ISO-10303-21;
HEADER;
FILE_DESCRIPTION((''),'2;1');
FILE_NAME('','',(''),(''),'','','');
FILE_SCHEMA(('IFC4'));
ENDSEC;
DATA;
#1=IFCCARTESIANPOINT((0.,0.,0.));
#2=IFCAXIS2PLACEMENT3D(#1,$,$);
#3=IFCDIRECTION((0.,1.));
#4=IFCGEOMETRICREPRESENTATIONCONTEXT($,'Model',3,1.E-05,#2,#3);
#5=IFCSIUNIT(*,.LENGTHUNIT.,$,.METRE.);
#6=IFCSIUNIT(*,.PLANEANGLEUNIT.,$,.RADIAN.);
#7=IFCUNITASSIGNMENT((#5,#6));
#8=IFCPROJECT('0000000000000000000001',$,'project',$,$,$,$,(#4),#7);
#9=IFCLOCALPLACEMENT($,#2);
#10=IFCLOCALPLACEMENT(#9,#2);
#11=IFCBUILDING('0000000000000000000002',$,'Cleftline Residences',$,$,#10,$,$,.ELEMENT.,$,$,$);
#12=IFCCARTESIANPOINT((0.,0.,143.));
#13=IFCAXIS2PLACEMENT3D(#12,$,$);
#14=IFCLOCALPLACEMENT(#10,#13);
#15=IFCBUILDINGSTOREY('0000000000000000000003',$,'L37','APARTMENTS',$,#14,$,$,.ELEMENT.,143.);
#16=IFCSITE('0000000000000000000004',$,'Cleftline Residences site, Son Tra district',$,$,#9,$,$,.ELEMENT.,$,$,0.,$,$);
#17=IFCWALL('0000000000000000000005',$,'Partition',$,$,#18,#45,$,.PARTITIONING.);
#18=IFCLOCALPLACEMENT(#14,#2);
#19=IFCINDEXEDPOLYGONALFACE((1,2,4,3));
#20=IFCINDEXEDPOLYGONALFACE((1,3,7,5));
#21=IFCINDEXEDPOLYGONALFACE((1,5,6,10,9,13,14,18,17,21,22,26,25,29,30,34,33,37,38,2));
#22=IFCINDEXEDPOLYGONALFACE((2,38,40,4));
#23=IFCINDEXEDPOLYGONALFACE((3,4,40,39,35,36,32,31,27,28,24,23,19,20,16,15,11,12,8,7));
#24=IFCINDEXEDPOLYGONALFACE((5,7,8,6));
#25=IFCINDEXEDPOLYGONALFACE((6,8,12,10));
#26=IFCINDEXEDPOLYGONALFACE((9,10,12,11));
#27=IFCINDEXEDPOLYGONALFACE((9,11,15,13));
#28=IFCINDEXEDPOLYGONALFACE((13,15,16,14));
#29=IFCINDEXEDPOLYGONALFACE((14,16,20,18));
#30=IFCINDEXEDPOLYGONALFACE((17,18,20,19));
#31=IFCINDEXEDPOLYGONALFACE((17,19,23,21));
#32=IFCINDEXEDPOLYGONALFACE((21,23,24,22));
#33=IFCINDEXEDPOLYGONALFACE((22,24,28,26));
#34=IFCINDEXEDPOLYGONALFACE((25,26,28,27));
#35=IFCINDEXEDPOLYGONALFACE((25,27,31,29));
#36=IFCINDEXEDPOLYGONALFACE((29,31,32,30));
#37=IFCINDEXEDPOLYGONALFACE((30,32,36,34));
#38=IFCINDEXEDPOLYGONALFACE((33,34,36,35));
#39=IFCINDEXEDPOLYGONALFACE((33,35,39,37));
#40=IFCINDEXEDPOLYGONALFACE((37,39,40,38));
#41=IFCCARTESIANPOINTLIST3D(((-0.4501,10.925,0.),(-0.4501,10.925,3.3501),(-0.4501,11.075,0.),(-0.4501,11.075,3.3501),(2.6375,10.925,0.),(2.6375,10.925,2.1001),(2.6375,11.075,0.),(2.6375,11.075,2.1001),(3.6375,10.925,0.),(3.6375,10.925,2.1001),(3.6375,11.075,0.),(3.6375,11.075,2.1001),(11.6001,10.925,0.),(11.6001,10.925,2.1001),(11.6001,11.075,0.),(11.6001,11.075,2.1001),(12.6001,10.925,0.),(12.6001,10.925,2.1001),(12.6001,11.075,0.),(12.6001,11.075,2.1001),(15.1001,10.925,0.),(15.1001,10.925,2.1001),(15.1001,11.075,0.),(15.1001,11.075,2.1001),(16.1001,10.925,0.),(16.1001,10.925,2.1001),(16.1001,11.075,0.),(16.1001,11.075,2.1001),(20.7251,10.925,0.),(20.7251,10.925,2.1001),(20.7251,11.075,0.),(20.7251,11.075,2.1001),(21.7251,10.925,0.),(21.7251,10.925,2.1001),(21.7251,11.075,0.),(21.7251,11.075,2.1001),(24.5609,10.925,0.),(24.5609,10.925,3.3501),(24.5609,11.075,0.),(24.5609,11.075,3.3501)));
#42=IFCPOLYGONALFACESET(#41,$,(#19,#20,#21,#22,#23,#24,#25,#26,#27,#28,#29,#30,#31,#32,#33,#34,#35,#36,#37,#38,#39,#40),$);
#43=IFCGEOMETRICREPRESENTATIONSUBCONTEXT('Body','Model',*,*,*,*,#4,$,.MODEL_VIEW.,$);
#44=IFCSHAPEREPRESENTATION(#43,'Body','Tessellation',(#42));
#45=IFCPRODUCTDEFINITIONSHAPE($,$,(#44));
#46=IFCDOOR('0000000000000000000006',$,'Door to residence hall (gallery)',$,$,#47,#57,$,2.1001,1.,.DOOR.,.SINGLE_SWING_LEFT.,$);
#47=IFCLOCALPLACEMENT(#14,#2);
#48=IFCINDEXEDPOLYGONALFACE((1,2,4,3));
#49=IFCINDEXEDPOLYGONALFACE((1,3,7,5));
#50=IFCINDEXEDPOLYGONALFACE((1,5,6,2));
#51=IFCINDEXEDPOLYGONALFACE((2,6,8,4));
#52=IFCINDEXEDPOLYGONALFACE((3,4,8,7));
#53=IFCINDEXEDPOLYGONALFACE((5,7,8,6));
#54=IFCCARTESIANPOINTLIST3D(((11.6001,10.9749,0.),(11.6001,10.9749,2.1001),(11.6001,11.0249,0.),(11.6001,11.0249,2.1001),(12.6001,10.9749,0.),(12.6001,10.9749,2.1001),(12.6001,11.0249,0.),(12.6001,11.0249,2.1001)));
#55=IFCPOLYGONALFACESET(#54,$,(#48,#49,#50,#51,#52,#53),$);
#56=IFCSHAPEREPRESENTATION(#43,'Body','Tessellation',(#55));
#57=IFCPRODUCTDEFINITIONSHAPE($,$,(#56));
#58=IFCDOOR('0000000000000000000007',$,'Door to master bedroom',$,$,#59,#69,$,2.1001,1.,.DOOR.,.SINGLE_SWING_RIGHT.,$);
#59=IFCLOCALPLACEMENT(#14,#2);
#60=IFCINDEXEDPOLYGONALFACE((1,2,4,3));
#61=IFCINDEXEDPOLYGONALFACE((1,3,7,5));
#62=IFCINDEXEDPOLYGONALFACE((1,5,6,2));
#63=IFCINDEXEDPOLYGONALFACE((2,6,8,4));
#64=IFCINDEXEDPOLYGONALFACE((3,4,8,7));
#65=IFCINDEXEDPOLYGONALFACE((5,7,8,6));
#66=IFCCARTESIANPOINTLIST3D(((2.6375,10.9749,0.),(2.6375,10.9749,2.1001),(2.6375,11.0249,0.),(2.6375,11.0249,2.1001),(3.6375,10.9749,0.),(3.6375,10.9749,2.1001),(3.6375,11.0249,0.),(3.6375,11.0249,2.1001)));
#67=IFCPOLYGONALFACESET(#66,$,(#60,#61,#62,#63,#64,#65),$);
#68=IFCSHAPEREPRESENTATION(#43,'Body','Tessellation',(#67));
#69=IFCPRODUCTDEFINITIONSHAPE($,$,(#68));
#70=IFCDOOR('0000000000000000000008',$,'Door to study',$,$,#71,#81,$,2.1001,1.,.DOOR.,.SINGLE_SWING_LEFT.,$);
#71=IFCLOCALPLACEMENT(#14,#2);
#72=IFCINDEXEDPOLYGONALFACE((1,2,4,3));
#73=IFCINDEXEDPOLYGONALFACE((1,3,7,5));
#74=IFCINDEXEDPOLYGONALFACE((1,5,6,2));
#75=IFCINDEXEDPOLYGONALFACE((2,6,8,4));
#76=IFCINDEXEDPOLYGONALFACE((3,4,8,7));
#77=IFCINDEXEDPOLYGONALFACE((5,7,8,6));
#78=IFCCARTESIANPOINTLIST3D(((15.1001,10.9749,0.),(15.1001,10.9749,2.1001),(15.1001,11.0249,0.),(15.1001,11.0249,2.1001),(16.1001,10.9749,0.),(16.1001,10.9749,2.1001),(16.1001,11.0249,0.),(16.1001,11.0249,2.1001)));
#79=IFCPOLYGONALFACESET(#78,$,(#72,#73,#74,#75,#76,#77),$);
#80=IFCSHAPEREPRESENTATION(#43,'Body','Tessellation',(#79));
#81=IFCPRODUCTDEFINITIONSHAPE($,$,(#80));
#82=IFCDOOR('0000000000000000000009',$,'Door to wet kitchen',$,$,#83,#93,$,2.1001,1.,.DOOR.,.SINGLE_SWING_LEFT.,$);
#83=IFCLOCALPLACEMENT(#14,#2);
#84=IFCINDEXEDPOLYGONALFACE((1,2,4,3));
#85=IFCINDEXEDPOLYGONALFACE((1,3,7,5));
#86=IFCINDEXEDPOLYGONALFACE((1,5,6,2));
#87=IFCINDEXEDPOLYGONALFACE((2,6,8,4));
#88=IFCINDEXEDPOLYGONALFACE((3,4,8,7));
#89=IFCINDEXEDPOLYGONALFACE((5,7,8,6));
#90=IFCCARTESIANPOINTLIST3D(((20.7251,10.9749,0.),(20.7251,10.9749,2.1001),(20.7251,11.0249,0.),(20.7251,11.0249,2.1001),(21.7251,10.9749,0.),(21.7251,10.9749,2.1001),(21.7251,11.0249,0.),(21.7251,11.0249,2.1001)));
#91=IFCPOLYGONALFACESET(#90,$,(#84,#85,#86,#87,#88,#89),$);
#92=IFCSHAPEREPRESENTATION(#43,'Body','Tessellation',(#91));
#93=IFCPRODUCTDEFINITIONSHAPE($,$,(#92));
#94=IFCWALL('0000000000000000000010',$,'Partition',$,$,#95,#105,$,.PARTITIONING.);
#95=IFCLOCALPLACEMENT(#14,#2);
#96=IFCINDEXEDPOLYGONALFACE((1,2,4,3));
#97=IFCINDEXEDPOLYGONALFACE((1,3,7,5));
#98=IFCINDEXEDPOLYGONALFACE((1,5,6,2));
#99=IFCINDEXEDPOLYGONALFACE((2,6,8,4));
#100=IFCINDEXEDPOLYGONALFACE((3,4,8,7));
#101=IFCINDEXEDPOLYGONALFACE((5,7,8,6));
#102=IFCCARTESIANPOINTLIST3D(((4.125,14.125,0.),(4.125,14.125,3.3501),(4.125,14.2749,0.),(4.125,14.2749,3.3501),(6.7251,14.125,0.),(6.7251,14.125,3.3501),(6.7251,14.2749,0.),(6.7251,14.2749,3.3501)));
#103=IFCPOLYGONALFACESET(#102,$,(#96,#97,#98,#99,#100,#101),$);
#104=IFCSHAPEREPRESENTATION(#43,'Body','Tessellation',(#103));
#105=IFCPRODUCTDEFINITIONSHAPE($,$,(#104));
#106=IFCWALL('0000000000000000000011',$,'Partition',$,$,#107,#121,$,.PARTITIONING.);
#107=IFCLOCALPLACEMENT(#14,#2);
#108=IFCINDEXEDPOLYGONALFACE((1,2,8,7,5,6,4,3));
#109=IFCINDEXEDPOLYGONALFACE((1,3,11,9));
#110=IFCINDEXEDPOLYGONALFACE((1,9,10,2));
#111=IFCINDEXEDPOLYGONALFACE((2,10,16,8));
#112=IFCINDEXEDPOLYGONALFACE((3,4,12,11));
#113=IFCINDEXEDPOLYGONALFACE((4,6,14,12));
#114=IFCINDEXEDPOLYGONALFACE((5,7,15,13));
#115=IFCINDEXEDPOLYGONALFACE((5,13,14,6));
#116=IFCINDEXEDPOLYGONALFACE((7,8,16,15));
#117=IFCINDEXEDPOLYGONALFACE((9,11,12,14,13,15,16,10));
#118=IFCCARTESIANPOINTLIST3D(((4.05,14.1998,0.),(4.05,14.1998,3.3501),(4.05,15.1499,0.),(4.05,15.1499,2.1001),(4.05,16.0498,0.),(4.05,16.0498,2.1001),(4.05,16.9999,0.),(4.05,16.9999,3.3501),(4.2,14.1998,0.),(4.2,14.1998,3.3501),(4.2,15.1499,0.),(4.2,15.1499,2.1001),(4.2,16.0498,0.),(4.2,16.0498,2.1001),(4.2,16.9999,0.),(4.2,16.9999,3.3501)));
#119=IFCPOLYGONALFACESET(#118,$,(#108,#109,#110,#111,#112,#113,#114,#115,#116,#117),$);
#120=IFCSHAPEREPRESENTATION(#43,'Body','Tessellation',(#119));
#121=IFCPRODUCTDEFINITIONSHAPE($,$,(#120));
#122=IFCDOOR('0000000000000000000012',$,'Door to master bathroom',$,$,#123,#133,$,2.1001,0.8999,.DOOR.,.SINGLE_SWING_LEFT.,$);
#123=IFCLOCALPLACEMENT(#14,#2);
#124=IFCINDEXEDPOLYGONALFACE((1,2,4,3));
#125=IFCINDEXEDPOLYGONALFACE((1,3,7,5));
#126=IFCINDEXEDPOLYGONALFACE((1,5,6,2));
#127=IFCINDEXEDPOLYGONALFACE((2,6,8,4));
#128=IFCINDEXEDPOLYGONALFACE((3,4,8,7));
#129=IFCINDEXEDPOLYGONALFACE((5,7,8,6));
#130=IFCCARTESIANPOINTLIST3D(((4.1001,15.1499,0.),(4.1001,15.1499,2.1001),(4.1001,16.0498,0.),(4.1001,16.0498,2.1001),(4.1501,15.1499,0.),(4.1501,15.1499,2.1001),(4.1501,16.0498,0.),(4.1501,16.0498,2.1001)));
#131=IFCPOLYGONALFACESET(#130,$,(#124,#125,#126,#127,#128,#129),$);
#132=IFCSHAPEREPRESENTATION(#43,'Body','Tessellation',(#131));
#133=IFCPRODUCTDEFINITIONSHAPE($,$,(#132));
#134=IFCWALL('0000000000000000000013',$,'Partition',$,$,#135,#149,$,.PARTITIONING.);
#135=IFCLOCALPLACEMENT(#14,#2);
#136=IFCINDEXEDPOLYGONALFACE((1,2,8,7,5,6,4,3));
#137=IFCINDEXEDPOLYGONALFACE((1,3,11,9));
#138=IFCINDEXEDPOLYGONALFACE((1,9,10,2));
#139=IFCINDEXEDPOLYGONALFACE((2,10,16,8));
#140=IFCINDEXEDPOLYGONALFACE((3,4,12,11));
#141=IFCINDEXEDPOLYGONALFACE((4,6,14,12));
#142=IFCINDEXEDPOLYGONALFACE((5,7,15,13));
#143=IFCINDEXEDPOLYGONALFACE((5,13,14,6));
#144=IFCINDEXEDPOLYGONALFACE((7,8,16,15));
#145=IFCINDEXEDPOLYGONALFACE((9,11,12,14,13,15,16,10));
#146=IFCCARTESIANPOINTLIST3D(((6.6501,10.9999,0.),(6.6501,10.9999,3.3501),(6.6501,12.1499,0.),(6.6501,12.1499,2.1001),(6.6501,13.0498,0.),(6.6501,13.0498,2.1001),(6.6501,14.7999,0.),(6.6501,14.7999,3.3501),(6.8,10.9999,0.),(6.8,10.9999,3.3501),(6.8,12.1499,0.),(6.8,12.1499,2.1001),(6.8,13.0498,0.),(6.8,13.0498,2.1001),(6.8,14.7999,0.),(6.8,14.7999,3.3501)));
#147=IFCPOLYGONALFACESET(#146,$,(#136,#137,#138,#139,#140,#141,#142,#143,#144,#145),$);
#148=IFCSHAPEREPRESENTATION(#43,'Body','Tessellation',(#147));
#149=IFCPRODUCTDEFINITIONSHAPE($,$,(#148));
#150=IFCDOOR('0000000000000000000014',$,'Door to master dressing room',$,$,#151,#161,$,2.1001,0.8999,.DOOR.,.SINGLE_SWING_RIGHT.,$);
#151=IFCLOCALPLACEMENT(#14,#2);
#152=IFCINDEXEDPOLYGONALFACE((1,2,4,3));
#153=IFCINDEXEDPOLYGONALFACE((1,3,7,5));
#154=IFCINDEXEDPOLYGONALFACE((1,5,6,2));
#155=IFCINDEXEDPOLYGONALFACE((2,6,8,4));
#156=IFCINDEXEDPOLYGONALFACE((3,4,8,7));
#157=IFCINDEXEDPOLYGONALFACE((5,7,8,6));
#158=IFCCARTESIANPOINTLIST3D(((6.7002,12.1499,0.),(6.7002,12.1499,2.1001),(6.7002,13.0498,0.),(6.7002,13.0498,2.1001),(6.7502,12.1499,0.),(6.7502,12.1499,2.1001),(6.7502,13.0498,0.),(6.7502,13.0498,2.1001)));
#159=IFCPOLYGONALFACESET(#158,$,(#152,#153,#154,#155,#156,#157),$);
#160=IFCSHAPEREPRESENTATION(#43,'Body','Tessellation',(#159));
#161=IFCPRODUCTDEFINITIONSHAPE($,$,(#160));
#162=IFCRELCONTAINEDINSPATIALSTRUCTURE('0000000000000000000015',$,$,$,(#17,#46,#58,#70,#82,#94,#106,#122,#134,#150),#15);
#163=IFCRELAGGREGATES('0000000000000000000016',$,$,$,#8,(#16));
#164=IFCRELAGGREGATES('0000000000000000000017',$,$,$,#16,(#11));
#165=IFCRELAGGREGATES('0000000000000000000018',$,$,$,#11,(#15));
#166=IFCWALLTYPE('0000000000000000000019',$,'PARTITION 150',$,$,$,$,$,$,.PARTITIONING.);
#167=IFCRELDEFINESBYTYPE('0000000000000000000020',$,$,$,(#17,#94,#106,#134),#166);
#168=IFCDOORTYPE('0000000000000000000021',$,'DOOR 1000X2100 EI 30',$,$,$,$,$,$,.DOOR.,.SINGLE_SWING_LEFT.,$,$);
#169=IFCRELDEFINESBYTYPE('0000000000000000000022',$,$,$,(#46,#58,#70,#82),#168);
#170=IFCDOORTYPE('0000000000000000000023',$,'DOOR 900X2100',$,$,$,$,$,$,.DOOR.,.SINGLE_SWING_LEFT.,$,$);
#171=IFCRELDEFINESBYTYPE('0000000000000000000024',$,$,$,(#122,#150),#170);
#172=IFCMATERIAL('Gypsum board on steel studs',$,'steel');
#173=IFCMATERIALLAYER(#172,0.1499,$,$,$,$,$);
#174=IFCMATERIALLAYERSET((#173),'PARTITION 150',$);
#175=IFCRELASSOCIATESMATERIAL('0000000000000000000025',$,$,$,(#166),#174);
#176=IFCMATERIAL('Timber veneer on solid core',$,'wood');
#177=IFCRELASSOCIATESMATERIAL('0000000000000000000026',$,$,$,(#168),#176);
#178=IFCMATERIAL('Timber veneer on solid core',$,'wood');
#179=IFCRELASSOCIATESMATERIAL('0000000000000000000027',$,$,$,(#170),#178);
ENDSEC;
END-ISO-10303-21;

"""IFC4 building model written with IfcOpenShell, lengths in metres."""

from ifc_helpers import new_model, si_unit, direction, frame, frame_2d, origin, place, context, subcontext, project, spatial, rectangle, extrude, material, layer, layer_set, type_object, element, fill, save


model = new_model("IFC4")

# Units and contexts
model_context = context("Model", 3, precision=1e-05, world=origin(), true_north=direction((0.0, 1.0)))
body_context = subcontext(model_context, "Body", "Model", "MODEL_VIEW")
ifc_project = project(units=[si_unit("LENGTHUNIT", "METRE"), si_unit("PLANEANGLEUNIT", "RADIAN")], contexts=[model_context])

# Site, building, storey
site_placement = place(None, origin())
site = spatial("IfcSite", under=ifc_project, at=site_placement, Name="Cleftline Residences site, Son Tra district", CompositionType="ELEMENT", RefElevation=0.0)
building_placement = place(site_placement, origin())
building = spatial("IfcBuilding", under=site, at=building_placement, Name="Cleftline Residences", CompositionType="ELEMENT")
storey_placement = place(building_placement, frame((0.0, 0.0, 143.0)))
storey = spatial("IfcBuildingStorey", under=building, at=storey_placement, Name="L37", Description="APARTMENTS", CompositionType="ELEMENT", Elevation=143.0)

# Shared definitions
ifc_material_1 = material(Name="Gypsum board on steel studs", Category="steel")
ifc_layer = layer(ifc_material_1, 0.1499)
ifc_layer_set = layer_set([ifc_layer], Name="PARTITION 150")
wall_type = type_object("IfcWallType", Name="PARTITION 150", PredefinedType="PARTITIONING", material=ifc_layer_set)

# Wall, openings, doors
wall_1_placement = place(storey_placement, frame((-0.45, 11.0, 0.0), z_axis=(0.0, 0.0, 1.0), x_axis=(1.0, 0.0, 0.0)))
wall_1 = element("IfcWall", 1, at=wall_1_placement, inside=storey, type_object=wall_type, Name="Partition", PredefinedType="PARTITIONING", context=body_context, shape_type="SweptSolid", body=[
    extrude(rectangle(XDim=25.011, YDim=0.1499, at=frame_2d((12.5054, 0.0))), origin(), (0.0, 0.0, 1.0), 3.3501),
])
opening_1_placement = place(wall_1_placement, frame((12.05, 0.0, 0.0)))
opening_1 = element("IfcOpeningElement", 2, at=opening_1_placement, cuts=wall_1, PredefinedType="OPENING", context=body_context, shape_type="SweptSolid", body=[
    extrude(rectangle(XDim=1.0, YDim=2.1001, at=frame_2d((0.5, 1.05))), frame((0.0, 0.085, 0.0), z_axis=(0.0, -1.0, 0.0), x_axis=(1.0, 0.0, 0.0)), (0.0, 0.0, 1.0), 0.1699),
])
opening_2_placement = place(wall_1_placement, frame((3.0874, 0.0, 0.0)))
opening_2 = element("IfcOpeningElement", 3, at=opening_2_placement, cuts=wall_1, PredefinedType="OPENING", context=body_context, shape_type="SweptSolid", body=[
    extrude(rectangle(XDim=1.0, YDim=2.1001, at=frame_2d((0.5, 1.05))), frame((0.0, 0.085, 0.0), z_axis=(0.0, -1.0, 0.0), x_axis=(1.0, 0.0, 0.0)), (0.0, 0.0, 1.0), 0.1699),
])
opening_3_placement = place(wall_1_placement, frame((15.55, 0.0, 0.0)))
opening_3 = element("IfcOpeningElement", 4, at=opening_3_placement, cuts=wall_1, PredefinedType="OPENING", context=body_context, shape_type="SweptSolid", body=[
    extrude(rectangle(XDim=1.0, YDim=2.1001, at=frame_2d((0.5, 1.05))), frame((0.0, 0.085, 0.0), z_axis=(0.0, -1.0, 0.0), x_axis=(1.0, 0.0, 0.0)), (0.0, 0.0, 1.0), 0.1699),
])
opening_4_placement = place(wall_1_placement, frame((21.175, 0.0, 0.0)))
opening_4 = element("IfcOpeningElement", 5, at=opening_4_placement, cuts=wall_1, PredefinedType="OPENING", context=body_context, shape_type="SweptSolid", body=[
    extrude(rectangle(XDim=1.0, YDim=2.1001, at=frame_2d((0.5, 1.05))), frame((0.0, 0.085, 0.0), z_axis=(0.0, -1.0, 0.0), x_axis=(1.0, 0.0, 0.0)), (0.0, 0.0, 1.0), 0.1699),
])
ifc_material_2 = material(Name="Timber veneer on solid core", Category="wood")
door_type_1 = type_object("IfcDoorType", Name="DOOR 1000X2100 EI 30", OperationType="SINGLE_SWING_LEFT", PredefinedType="DOOR", material=ifc_material_2)
door_1_placement = place(opening_1_placement, origin())
door_1 = element("IfcDoor", 6, at=door_1_placement, inside=storey, type_object=door_type_1, Name="Door to residence hall (gallery)", OperationType="SINGLE_SWING_LEFT", OverallHeight=2.1001, OverallWidth=1.0, PredefinedType="DOOR", context=body_context, shape_type="SweptSolid", body=[
    extrude(rectangle(XDim=1.0, YDim=2.1001, at=frame_2d((0.5, 1.05))), frame((0.0, 0.0249, 0.0), z_axis=(0.0, -1.0, 0.0), x_axis=(1.0, 0.0, 0.0)), (0.0, 0.0, 1.0), 0.05),
])
fill(opening_1, door_1)
door_2_placement = place(opening_2_placement, origin())
door_2 = element("IfcDoor", 7, at=door_2_placement, inside=storey, type_object=door_type_1, Name="Door to master bedroom", OperationType="SINGLE_SWING_RIGHT", OverallHeight=2.1001, OverallWidth=1.0, PredefinedType="DOOR", context=body_context, shape_type="SweptSolid", body=[
    extrude(rectangle(XDim=1.0, YDim=2.1001, at=frame_2d((0.5, 1.05))), frame((0.0, 0.0249, 0.0), z_axis=(0.0, -1.0, 0.0), x_axis=(1.0, 0.0, 0.0)), (0.0, 0.0, 1.0), 0.05),
])
fill(opening_2, door_2)
door_3_placement = place(opening_3_placement, origin())
door_3 = element("IfcDoor", 8, at=door_3_placement, inside=storey, type_object=door_type_1, Name="Door to study", OperationType="SINGLE_SWING_LEFT", OverallHeight=2.1001, OverallWidth=1.0, PredefinedType="DOOR", context=body_context, shape_type="SweptSolid", body=[
    extrude(rectangle(XDim=1.0, YDim=2.1001, at=frame_2d((0.5, 1.05))), frame((0.0, 0.0249, 0.0), z_axis=(0.0, -1.0, 0.0), x_axis=(1.0, 0.0, 0.0)), (0.0, 0.0, 1.0), 0.05),
])
fill(opening_3, door_3)
door_4_placement = place(opening_4_placement, origin())
door_4 = element("IfcDoor", 9, at=door_4_placement, inside=storey, type_object=door_type_1, Name="Door to wet kitchen", OperationType="SINGLE_SWING_LEFT", OverallHeight=2.1001, OverallWidth=1.0, PredefinedType="DOOR", context=body_context, shape_type="SweptSolid", body=[
    extrude(rectangle(XDim=1.0, YDim=2.1001, at=frame_2d((0.5, 1.05))), frame((0.0, 0.0249, 0.0), z_axis=(0.0, -1.0, 0.0), x_axis=(1.0, 0.0, 0.0)), (0.0, 0.0, 1.0), 0.05),
])
fill(opening_4, door_4)

# Wall
wall_2_placement = place(storey_placement, frame((4.125, 14.2, 0.0), z_axis=(0.0, 0.0, 1.0), x_axis=(1.0, 0.0, 0.0)))
element("IfcWall", 10, at=wall_2_placement, inside=storey, type_object=wall_type, Name="Partition", PredefinedType="PARTITIONING", context=body_context, shape_type="SweptSolid", body=[
    extrude(rectangle(XDim=2.6001, YDim=0.1499, at=frame_2d((1.3, 0.0))), origin(), (0.0, 0.0, 1.0), 3.3501),
])

# Walls, openings, doors
wall_3_placement = place(storey_placement, frame((4.125, 14.2, 0.0), z_axis=(0.0, 0.0, 1.0), x_axis=(0.0, 1.0, 0.0)))
wall_3 = element("IfcWall", 11, at=wall_3_placement, inside=storey, type_object=wall_type, Name="Partition", PredefinedType="PARTITIONING", context=body_context, shape_type="SweptSolid", body=[
    extrude(rectangle(XDim=2.8, YDim=0.1499, at=frame_2d((1.3999, 0.0))), origin(), (0.0, 0.0, 1.0), 3.3501),
])
opening_5_placement = place(wall_3_placement, frame((0.95, 0.0, 0.0)))
opening_5 = element("IfcOpeningElement", 12, at=opening_5_placement, cuts=wall_3, PredefinedType="OPENING", context=body_context, shape_type="SweptSolid", body=[
    extrude(rectangle(XDim=0.8999, YDim=2.1001, at=frame_2d((0.45, 1.05))), frame((0.0, 0.085, 0.0), z_axis=(0.0, -1.0, 0.0), x_axis=(1.0, 0.0, 0.0)), (0.0, 0.0, 1.0), 0.1699),
])
ifc_material_3 = material(Name="Timber veneer on solid core", Category="wood")
door_type_2 = type_object("IfcDoorType", Name="DOOR 900X2100", OperationType="SINGLE_SWING_LEFT", PredefinedType="DOOR", material=ifc_material_3)
door_5_placement = place(opening_5_placement, origin())
door_5 = element("IfcDoor", 13, at=door_5_placement, inside=storey, type_object=door_type_2, Name="Door to master bathroom", OperationType="SINGLE_SWING_LEFT", OverallHeight=2.1001, OverallWidth=0.8999, PredefinedType="DOOR", context=body_context, shape_type="SweptSolid", body=[
    extrude(rectangle(XDim=0.8999, YDim=2.1001, at=frame_2d((0.45, 1.05))), frame((0.0, 0.0249, 0.0), z_axis=(0.0, -1.0, 0.0), x_axis=(1.0, 0.0, 0.0)), (0.0, 0.0, 1.0), 0.05),
])
fill(opening_5, door_5)
wall_4_placement = place(storey_placement, frame((6.7251, 11.0, 0.0), z_axis=(0.0, 0.0, 1.0), x_axis=(0.0, 1.0, 0.0)))
wall_4 = element("IfcWall", 14, at=wall_4_placement, inside=storey, type_object=wall_type, Name="Partition", PredefinedType="PARTITIONING", context=body_context, shape_type="SweptSolid", body=[
    extrude(rectangle(XDim=3.8, YDim=0.1499, at=frame_2d((1.8999, 0.0))), origin(), (0.0, 0.0, 1.0), 3.3501),
])
opening_6_placement = place(wall_4_placement, frame((1.1499, 0.0, 0.0)))
opening_6 = element("IfcOpeningElement", 15, at=opening_6_placement, cuts=wall_4, PredefinedType="OPENING", context=body_context, shape_type="SweptSolid", body=[
    extrude(rectangle(XDim=0.8999, YDim=2.1001, at=frame_2d((0.45, 1.05))), frame((0.0, 0.085, 0.0), z_axis=(0.0, -1.0, 0.0), x_axis=(1.0, 0.0, 0.0)), (0.0, 0.0, 1.0), 0.1699),
])
door_6_placement = place(opening_6_placement, origin())
door_6 = element("IfcDoor", 16, at=door_6_placement, inside=storey, type_object=door_type_2, Name="Door to master dressing room", OperationType="SINGLE_SWING_RIGHT", OverallHeight=2.1001, OverallWidth=0.8999, PredefinedType="DOOR", context=body_context, shape_type="SweptSolid", body=[
    extrude(rectangle(XDim=0.8999, YDim=2.1001, at=frame_2d((0.45, 1.05))), frame((0.0, 0.0249, 0.0), z_axis=(0.0, -1.0, 0.0), x_axis=(1.0, 0.0, 0.0)), (0.0, 0.0, 1.0), 0.05),
])
fill(opening_6, door_6)

save(model, "model.ifc")
